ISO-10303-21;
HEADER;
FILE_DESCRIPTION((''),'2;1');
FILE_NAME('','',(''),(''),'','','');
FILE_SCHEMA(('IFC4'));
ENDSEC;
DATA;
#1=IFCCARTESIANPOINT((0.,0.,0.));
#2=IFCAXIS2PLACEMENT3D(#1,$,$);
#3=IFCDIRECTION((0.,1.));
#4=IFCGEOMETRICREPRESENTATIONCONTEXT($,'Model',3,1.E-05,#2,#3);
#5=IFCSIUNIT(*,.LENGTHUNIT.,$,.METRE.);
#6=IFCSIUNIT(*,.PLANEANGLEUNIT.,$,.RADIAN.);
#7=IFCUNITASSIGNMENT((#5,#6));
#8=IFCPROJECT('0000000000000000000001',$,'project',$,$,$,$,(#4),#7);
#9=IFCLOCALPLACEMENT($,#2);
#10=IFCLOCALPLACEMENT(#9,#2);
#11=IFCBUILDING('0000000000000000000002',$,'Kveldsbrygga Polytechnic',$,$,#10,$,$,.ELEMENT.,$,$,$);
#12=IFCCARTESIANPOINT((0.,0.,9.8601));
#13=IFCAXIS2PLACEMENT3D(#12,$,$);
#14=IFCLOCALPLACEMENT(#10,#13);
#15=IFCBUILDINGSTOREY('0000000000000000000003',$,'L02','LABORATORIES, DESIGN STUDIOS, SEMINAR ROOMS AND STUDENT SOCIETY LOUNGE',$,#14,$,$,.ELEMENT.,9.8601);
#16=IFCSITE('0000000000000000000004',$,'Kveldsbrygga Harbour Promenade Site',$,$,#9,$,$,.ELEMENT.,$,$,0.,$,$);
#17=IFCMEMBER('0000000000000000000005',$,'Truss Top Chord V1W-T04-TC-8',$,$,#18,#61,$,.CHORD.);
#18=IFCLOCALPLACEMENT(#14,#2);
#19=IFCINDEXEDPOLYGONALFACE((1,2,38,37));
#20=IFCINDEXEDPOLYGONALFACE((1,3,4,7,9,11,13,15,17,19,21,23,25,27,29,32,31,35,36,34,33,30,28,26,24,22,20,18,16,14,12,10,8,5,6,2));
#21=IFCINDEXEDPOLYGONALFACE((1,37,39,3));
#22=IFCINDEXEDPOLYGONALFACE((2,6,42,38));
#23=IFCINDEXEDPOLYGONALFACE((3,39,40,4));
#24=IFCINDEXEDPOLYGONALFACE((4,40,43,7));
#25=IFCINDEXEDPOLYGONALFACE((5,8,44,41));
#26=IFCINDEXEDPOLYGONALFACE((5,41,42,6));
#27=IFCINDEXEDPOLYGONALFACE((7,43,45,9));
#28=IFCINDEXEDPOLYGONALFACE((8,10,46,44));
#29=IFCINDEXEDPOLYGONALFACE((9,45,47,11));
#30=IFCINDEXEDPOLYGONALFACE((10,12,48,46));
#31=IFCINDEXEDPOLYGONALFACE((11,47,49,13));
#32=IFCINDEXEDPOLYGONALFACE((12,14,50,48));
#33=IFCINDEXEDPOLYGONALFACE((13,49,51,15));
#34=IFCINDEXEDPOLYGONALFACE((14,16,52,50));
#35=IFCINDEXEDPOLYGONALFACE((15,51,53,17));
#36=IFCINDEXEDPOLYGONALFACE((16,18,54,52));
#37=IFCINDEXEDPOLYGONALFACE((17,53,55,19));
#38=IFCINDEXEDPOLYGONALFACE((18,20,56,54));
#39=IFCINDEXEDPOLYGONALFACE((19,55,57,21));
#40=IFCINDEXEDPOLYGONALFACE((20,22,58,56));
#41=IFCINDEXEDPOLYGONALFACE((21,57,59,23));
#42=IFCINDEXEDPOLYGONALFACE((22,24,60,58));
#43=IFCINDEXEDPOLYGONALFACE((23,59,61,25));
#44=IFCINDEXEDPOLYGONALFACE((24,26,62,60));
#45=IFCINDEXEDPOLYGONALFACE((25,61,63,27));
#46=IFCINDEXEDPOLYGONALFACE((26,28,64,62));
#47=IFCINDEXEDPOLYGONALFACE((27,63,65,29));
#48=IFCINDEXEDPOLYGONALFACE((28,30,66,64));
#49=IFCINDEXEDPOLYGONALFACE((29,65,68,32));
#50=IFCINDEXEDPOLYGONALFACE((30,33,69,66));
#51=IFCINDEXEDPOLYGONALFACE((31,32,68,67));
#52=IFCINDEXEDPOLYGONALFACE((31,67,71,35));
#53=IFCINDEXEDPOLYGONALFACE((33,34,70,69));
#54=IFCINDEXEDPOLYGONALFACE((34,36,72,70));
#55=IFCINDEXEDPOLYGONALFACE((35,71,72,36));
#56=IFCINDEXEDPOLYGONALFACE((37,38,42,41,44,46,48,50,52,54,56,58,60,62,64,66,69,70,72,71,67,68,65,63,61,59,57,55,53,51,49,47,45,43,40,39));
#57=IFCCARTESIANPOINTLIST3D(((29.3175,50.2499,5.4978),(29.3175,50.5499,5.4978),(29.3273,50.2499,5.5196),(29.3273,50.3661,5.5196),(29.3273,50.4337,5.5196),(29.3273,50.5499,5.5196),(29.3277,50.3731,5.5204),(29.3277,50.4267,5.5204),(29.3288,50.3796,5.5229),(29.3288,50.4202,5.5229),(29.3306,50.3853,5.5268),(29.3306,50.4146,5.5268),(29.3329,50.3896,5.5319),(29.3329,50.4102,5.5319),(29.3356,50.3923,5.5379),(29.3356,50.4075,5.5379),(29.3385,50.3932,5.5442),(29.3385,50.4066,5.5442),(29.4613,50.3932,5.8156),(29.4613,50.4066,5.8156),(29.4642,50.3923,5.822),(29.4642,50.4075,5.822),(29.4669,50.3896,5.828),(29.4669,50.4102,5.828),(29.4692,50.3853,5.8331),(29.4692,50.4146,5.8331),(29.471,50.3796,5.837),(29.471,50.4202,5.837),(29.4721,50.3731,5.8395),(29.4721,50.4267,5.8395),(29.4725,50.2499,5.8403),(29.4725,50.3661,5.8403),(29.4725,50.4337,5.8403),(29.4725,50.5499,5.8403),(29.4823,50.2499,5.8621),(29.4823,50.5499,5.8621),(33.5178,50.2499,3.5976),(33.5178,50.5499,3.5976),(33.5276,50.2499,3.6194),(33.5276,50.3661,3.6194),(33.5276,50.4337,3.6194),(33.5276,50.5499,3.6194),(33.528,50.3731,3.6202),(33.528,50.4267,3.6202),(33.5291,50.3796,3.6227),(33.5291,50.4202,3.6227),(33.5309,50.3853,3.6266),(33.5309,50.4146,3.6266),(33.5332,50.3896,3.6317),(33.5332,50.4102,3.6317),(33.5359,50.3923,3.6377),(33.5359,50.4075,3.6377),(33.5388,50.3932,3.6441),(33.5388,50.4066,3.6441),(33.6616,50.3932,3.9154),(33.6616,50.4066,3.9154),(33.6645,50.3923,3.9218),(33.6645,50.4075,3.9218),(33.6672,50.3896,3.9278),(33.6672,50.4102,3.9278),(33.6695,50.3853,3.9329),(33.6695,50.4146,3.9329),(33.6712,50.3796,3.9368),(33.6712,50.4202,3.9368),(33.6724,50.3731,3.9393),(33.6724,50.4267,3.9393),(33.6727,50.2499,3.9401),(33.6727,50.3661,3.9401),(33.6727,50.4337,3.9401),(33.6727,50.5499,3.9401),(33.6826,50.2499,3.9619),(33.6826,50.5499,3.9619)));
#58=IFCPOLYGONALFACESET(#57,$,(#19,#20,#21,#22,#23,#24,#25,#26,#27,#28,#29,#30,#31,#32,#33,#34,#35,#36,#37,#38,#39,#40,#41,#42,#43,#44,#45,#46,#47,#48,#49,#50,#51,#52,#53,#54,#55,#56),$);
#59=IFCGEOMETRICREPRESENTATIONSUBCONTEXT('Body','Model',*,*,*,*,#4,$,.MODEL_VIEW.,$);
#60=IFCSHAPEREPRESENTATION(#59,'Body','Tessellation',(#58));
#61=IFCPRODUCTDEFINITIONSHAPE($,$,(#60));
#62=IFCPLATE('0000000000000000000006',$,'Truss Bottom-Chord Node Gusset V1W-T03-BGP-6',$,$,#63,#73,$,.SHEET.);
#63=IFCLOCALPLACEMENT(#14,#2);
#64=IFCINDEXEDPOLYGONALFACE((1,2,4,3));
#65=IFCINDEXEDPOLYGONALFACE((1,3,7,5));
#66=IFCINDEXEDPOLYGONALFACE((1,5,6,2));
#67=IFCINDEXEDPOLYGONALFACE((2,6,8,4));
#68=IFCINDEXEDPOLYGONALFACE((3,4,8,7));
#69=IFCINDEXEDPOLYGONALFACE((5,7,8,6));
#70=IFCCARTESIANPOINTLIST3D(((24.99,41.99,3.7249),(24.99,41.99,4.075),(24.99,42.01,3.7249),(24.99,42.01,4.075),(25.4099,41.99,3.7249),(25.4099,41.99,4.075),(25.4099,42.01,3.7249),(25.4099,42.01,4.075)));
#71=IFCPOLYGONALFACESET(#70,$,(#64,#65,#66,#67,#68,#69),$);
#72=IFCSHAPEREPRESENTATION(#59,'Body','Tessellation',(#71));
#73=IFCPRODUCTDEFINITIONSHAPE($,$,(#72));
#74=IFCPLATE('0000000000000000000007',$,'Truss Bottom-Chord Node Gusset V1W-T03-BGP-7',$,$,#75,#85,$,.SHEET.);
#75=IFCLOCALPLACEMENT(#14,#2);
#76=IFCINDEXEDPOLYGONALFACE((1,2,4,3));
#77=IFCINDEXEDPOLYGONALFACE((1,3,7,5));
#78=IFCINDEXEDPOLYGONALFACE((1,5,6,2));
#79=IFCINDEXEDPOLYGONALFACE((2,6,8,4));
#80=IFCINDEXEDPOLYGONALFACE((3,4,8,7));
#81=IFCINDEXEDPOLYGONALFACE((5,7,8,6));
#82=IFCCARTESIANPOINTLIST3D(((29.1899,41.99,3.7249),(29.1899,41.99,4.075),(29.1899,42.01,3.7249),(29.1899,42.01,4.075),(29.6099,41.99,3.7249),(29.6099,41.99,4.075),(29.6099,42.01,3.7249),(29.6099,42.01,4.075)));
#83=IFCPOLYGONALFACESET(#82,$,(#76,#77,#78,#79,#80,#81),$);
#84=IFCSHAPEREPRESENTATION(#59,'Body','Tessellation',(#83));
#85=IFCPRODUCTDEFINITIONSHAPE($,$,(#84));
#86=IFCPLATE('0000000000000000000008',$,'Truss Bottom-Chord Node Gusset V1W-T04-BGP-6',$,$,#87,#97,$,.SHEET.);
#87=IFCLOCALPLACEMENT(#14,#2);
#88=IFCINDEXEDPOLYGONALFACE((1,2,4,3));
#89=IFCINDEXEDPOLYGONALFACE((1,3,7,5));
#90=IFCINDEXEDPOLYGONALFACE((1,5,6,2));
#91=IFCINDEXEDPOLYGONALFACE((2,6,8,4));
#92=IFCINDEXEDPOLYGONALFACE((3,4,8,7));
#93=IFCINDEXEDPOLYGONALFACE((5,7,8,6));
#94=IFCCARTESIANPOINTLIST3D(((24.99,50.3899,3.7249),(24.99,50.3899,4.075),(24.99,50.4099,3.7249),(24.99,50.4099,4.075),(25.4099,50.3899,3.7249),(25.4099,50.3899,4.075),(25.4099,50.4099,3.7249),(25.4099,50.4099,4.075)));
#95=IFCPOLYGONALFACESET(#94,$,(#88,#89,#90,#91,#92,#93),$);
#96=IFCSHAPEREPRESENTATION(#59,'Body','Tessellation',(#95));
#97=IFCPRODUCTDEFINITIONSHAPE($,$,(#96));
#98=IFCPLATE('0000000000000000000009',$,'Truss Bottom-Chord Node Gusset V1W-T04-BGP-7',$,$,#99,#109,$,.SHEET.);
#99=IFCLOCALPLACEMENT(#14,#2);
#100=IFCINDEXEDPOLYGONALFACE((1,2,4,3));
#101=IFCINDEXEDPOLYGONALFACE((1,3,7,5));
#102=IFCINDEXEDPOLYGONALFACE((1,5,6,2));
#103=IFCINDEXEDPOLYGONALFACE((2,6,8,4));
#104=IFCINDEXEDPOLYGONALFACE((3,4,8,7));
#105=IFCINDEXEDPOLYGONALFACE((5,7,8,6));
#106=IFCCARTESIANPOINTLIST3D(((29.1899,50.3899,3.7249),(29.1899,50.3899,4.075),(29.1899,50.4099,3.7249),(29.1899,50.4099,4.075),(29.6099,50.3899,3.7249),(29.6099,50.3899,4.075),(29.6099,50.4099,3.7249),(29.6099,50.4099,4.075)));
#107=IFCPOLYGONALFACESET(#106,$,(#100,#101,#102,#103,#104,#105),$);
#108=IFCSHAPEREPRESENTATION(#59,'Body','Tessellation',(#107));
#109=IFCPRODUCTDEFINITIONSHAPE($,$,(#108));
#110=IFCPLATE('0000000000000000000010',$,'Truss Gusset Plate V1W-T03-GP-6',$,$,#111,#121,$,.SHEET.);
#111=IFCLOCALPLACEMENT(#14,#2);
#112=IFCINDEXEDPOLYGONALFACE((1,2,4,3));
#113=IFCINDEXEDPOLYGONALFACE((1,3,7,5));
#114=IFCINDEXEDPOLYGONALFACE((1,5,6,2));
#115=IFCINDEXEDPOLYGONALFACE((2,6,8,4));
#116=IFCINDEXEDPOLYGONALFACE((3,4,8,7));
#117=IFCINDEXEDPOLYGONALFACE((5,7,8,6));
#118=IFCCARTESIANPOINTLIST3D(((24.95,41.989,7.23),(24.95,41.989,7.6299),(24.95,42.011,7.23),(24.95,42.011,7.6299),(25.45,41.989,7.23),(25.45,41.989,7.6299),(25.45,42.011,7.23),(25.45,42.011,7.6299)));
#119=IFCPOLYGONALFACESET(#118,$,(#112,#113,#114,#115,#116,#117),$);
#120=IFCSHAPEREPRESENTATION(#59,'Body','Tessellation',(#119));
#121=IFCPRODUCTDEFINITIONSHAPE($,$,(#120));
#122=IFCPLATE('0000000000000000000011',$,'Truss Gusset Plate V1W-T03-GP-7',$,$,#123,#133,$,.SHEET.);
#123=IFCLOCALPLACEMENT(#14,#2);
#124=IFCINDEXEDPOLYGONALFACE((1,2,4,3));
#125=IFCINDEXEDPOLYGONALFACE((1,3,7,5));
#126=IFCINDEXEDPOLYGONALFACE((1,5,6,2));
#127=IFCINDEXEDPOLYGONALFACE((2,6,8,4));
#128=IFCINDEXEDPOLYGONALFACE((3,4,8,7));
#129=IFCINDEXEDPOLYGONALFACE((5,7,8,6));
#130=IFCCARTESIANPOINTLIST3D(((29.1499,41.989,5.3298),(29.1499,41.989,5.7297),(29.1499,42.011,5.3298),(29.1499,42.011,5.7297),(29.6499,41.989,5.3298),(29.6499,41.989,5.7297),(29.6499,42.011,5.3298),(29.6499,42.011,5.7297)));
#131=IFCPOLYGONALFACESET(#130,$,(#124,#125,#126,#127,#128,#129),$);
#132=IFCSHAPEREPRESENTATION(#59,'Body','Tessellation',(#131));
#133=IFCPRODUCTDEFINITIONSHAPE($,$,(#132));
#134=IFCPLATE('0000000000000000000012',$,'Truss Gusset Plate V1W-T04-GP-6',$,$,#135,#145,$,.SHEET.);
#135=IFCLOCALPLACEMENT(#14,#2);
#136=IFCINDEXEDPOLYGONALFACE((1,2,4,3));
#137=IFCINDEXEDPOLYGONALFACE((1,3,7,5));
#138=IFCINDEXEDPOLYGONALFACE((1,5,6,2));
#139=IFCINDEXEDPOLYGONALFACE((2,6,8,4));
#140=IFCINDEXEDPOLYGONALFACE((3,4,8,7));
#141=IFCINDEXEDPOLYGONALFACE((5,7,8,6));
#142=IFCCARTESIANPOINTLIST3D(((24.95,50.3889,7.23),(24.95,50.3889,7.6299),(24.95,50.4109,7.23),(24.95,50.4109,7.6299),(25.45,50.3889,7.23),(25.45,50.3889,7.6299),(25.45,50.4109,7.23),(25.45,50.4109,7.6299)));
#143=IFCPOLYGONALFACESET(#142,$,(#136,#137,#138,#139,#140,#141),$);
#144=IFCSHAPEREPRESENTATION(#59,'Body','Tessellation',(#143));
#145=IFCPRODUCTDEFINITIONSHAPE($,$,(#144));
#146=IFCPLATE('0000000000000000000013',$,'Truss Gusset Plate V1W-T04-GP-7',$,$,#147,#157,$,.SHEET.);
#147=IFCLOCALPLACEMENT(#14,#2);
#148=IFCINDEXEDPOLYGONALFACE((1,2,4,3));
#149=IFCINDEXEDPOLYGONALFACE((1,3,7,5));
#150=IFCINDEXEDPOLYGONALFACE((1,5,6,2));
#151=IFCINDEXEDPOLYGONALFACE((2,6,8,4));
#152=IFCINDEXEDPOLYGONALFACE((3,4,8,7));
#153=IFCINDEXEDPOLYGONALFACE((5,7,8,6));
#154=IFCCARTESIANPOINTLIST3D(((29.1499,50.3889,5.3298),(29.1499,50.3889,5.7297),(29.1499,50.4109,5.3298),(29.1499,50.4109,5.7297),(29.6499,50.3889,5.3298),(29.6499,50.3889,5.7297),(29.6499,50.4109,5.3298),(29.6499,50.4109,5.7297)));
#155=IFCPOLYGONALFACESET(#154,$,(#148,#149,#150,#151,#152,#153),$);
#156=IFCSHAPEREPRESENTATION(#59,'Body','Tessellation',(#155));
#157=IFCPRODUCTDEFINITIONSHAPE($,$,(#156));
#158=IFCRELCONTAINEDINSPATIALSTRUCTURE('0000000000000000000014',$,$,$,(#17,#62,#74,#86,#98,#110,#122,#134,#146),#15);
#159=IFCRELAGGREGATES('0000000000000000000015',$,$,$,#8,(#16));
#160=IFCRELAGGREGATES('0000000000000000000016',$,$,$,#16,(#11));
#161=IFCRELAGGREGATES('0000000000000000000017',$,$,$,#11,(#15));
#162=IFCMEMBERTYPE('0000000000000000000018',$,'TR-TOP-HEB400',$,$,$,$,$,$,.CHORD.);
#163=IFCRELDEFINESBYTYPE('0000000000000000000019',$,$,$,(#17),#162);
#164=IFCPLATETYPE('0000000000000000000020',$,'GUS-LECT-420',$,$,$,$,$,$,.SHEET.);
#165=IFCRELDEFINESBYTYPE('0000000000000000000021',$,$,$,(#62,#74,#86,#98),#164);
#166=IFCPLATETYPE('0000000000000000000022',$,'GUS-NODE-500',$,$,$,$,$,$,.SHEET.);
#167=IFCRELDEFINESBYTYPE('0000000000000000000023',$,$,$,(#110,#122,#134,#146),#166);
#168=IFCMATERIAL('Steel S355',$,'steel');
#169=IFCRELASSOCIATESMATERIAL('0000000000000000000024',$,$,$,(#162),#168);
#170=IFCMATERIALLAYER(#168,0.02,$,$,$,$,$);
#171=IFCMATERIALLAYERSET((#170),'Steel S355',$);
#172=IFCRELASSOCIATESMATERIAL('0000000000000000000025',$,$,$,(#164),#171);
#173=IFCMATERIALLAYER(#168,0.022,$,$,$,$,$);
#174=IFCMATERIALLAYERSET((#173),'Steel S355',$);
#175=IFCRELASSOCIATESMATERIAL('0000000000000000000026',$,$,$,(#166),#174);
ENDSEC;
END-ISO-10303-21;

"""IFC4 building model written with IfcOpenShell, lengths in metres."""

from ifc_helpers import new_model, si_unit, direction, frame, origin, origin_2d, place, context, subcontext, project, spatial, rectangle, i_section, extrude, material, layer, layer_set, material_profile, profile_set, type_object, element, save


model = new_model("IFC4")

# Units and contexts
model_context = context("Model", 3, precision=1e-05, world=origin(), true_north=direction((0.0, 1.0)))
body_context = subcontext(model_context, "Body", "Model", "MODEL_VIEW")
ifc_project = project(units=[si_unit("LENGTHUNIT", "METRE"), si_unit("PLANEANGLEUNIT", "RADIAN")], contexts=[model_context])

# Site, building, storey
site_placement = place(None, origin())
site = spatial("IfcSite", under=ifc_project, at=site_placement, Name="Kveldsbrygga Harbour Promenade Site", CompositionType="ELEMENT", RefElevation=0.0)
building_placement = place(site_placement, origin())
building = spatial("IfcBuilding", under=site, at=building_placement, Name="Kveldsbrygga Polytechnic", CompositionType="ELEMENT")
storey_placement = place(building_placement, frame((0.0, 0.0, 9.8601)))
storey = spatial("IfcBuildingStorey", under=building, at=storey_placement, Name="L02", Description="LABORATORIES, DESIGN STUDIOS, SEMINAR ROOMS AND STUDENT SOCIETY LOUNGE", CompositionType="ELEMENT", Elevation=9.8601)

# Member
ifc_material = material(Name="Steel S355", Category="steel")
ifc_material_profile_1 = material_profile(ifc_material, i_section(OverallWidth=0.3, OverallDepth=0.3999, WebThickness=0.0134, FlangeThickness=0.0239, FilletRadius=0.0271, at=origin_2d()), Name="HEB 400")
ifc_profile_set_1 = profile_set([ifc_material_profile_1], Name="Steel S355")
member_type_1 = type_object("IfcMemberType", Name="TR-TOP-HEB400", PredefinedType="CHORD", material=ifc_profile_set_1)
member_1_placement = place(storey_placement, frame((29.3999, 50.3999, 5.6799), z_axis=(0.911103, 0.0, -0.412178), x_axis=(0.0, 1.0, 0.0)))
element("IfcMember", 1, at=member_1_placement, inside=storey, type_object=member_type_1, Name="Truss Top Chord V1W-T04-TC-8", PredefinedType="CHORD", context=body_context, shape_type="SweptSolid", body=[
    extrude(i_section(OverallWidth=0.3, OverallDepth=0.3999, WebThickness=0.0134, FlangeThickness=0.0239, FilletRadius=0.0271, at=origin_2d()), origin(), (0.0, 0.0, 1.0), 4.6101),
])

# Plates
ifc_layer_1 = layer(ifc_material, 0.02)
ifc_layer_set_1 = layer_set([ifc_layer_1], Name="Steel S355")
plate_type_1 = type_object("IfcPlateType", Name="GUS-LECT-420", PredefinedType="SHEET", material=ifc_layer_set_1)
for number, where, z_axis, x_axis, name in (
    (2, (25.2, 42.0, 3.7249), (0.0, 0.0, 1.0), (1.0, 0.0, 0.0), "Truss Bottom-Chord Node Gusset V1W-T03-BGP-6"),
    (3, (29.3999, 42.0, 3.7249), (0.0, 0.0, 1.0), (1.0, 0.0, 0.0), "Truss Bottom-Chord Node Gusset V1W-T03-BGP-7"),
    (4, (25.2, 50.3999, 3.7249), (0.0, 0.0, 1.0), (1.0, 0.0, 0.0), "Truss Bottom-Chord Node Gusset V1W-T04-BGP-6"),
    (5, (29.3999, 50.3999, 3.7249), (0.0, 0.0, 1.0), (1.0, 0.0, 0.0), "Truss Bottom-Chord Node Gusset V1W-T04-BGP-7"),
):
    element("IfcPlate", number, at=place(storey_placement, frame(where, z_axis=z_axis, x_axis=x_axis)), inside=storey, type_object=plate_type_1, Name=name, PredefinedType="SHEET", context=body_context, shape_type="SweptSolid", body=[
        extrude(rectangle(XDim=0.4199, YDim=0.02, at=origin_2d()), origin(), (0.0, 0.0, 1.0), 0.3501),
    ])
ifc_layer_2 = layer(ifc_material, 0.022)
ifc_layer_set_2 = layer_set([ifc_layer_2], Name="Steel S355")
plate_type_2 = type_object("IfcPlateType", Name="GUS-NODE-500", PredefinedType="SHEET", material=ifc_layer_set_2)
for number, where, z_axis, x_axis, name in (
    (6, (25.2, 42.0, 7.23), (0.0, 0.0, 1.0), (1.0, 0.0, 0.0), "Truss Gusset Plate V1W-T03-GP-6"),
    (7, (29.3999, 42.0, 5.3298), (0.0, 0.0, 1.0), (1.0, 0.0, 0.0), "Truss Gusset Plate V1W-T03-GP-7"),
    (8, (25.2, 50.3999, 7.23), (0.0, 0.0, 1.0), (1.0, 0.0, 0.0), "Truss Gusset Plate V1W-T04-GP-6"),
    (9, (29.3999, 50.3999, 5.3298), (0.0, 0.0, 1.0), (1.0, 0.0, 0.0), "Truss Gusset Plate V1W-T04-GP-7"),
):
    element("IfcPlate", number, at=place(storey_placement, frame(where, z_axis=z_axis, x_axis=x_axis)), inside=storey, type_object=plate_type_2, Name=name, PredefinedType="SHEET", context=body_context, shape_type="SweptSolid", body=[
        extrude(rectangle(XDim=0.5, YDim=0.022, at=origin_2d()), origin(), (0.0, 0.0, 1.0), 0.3999),
    ])

save(model, "model.ifc")
